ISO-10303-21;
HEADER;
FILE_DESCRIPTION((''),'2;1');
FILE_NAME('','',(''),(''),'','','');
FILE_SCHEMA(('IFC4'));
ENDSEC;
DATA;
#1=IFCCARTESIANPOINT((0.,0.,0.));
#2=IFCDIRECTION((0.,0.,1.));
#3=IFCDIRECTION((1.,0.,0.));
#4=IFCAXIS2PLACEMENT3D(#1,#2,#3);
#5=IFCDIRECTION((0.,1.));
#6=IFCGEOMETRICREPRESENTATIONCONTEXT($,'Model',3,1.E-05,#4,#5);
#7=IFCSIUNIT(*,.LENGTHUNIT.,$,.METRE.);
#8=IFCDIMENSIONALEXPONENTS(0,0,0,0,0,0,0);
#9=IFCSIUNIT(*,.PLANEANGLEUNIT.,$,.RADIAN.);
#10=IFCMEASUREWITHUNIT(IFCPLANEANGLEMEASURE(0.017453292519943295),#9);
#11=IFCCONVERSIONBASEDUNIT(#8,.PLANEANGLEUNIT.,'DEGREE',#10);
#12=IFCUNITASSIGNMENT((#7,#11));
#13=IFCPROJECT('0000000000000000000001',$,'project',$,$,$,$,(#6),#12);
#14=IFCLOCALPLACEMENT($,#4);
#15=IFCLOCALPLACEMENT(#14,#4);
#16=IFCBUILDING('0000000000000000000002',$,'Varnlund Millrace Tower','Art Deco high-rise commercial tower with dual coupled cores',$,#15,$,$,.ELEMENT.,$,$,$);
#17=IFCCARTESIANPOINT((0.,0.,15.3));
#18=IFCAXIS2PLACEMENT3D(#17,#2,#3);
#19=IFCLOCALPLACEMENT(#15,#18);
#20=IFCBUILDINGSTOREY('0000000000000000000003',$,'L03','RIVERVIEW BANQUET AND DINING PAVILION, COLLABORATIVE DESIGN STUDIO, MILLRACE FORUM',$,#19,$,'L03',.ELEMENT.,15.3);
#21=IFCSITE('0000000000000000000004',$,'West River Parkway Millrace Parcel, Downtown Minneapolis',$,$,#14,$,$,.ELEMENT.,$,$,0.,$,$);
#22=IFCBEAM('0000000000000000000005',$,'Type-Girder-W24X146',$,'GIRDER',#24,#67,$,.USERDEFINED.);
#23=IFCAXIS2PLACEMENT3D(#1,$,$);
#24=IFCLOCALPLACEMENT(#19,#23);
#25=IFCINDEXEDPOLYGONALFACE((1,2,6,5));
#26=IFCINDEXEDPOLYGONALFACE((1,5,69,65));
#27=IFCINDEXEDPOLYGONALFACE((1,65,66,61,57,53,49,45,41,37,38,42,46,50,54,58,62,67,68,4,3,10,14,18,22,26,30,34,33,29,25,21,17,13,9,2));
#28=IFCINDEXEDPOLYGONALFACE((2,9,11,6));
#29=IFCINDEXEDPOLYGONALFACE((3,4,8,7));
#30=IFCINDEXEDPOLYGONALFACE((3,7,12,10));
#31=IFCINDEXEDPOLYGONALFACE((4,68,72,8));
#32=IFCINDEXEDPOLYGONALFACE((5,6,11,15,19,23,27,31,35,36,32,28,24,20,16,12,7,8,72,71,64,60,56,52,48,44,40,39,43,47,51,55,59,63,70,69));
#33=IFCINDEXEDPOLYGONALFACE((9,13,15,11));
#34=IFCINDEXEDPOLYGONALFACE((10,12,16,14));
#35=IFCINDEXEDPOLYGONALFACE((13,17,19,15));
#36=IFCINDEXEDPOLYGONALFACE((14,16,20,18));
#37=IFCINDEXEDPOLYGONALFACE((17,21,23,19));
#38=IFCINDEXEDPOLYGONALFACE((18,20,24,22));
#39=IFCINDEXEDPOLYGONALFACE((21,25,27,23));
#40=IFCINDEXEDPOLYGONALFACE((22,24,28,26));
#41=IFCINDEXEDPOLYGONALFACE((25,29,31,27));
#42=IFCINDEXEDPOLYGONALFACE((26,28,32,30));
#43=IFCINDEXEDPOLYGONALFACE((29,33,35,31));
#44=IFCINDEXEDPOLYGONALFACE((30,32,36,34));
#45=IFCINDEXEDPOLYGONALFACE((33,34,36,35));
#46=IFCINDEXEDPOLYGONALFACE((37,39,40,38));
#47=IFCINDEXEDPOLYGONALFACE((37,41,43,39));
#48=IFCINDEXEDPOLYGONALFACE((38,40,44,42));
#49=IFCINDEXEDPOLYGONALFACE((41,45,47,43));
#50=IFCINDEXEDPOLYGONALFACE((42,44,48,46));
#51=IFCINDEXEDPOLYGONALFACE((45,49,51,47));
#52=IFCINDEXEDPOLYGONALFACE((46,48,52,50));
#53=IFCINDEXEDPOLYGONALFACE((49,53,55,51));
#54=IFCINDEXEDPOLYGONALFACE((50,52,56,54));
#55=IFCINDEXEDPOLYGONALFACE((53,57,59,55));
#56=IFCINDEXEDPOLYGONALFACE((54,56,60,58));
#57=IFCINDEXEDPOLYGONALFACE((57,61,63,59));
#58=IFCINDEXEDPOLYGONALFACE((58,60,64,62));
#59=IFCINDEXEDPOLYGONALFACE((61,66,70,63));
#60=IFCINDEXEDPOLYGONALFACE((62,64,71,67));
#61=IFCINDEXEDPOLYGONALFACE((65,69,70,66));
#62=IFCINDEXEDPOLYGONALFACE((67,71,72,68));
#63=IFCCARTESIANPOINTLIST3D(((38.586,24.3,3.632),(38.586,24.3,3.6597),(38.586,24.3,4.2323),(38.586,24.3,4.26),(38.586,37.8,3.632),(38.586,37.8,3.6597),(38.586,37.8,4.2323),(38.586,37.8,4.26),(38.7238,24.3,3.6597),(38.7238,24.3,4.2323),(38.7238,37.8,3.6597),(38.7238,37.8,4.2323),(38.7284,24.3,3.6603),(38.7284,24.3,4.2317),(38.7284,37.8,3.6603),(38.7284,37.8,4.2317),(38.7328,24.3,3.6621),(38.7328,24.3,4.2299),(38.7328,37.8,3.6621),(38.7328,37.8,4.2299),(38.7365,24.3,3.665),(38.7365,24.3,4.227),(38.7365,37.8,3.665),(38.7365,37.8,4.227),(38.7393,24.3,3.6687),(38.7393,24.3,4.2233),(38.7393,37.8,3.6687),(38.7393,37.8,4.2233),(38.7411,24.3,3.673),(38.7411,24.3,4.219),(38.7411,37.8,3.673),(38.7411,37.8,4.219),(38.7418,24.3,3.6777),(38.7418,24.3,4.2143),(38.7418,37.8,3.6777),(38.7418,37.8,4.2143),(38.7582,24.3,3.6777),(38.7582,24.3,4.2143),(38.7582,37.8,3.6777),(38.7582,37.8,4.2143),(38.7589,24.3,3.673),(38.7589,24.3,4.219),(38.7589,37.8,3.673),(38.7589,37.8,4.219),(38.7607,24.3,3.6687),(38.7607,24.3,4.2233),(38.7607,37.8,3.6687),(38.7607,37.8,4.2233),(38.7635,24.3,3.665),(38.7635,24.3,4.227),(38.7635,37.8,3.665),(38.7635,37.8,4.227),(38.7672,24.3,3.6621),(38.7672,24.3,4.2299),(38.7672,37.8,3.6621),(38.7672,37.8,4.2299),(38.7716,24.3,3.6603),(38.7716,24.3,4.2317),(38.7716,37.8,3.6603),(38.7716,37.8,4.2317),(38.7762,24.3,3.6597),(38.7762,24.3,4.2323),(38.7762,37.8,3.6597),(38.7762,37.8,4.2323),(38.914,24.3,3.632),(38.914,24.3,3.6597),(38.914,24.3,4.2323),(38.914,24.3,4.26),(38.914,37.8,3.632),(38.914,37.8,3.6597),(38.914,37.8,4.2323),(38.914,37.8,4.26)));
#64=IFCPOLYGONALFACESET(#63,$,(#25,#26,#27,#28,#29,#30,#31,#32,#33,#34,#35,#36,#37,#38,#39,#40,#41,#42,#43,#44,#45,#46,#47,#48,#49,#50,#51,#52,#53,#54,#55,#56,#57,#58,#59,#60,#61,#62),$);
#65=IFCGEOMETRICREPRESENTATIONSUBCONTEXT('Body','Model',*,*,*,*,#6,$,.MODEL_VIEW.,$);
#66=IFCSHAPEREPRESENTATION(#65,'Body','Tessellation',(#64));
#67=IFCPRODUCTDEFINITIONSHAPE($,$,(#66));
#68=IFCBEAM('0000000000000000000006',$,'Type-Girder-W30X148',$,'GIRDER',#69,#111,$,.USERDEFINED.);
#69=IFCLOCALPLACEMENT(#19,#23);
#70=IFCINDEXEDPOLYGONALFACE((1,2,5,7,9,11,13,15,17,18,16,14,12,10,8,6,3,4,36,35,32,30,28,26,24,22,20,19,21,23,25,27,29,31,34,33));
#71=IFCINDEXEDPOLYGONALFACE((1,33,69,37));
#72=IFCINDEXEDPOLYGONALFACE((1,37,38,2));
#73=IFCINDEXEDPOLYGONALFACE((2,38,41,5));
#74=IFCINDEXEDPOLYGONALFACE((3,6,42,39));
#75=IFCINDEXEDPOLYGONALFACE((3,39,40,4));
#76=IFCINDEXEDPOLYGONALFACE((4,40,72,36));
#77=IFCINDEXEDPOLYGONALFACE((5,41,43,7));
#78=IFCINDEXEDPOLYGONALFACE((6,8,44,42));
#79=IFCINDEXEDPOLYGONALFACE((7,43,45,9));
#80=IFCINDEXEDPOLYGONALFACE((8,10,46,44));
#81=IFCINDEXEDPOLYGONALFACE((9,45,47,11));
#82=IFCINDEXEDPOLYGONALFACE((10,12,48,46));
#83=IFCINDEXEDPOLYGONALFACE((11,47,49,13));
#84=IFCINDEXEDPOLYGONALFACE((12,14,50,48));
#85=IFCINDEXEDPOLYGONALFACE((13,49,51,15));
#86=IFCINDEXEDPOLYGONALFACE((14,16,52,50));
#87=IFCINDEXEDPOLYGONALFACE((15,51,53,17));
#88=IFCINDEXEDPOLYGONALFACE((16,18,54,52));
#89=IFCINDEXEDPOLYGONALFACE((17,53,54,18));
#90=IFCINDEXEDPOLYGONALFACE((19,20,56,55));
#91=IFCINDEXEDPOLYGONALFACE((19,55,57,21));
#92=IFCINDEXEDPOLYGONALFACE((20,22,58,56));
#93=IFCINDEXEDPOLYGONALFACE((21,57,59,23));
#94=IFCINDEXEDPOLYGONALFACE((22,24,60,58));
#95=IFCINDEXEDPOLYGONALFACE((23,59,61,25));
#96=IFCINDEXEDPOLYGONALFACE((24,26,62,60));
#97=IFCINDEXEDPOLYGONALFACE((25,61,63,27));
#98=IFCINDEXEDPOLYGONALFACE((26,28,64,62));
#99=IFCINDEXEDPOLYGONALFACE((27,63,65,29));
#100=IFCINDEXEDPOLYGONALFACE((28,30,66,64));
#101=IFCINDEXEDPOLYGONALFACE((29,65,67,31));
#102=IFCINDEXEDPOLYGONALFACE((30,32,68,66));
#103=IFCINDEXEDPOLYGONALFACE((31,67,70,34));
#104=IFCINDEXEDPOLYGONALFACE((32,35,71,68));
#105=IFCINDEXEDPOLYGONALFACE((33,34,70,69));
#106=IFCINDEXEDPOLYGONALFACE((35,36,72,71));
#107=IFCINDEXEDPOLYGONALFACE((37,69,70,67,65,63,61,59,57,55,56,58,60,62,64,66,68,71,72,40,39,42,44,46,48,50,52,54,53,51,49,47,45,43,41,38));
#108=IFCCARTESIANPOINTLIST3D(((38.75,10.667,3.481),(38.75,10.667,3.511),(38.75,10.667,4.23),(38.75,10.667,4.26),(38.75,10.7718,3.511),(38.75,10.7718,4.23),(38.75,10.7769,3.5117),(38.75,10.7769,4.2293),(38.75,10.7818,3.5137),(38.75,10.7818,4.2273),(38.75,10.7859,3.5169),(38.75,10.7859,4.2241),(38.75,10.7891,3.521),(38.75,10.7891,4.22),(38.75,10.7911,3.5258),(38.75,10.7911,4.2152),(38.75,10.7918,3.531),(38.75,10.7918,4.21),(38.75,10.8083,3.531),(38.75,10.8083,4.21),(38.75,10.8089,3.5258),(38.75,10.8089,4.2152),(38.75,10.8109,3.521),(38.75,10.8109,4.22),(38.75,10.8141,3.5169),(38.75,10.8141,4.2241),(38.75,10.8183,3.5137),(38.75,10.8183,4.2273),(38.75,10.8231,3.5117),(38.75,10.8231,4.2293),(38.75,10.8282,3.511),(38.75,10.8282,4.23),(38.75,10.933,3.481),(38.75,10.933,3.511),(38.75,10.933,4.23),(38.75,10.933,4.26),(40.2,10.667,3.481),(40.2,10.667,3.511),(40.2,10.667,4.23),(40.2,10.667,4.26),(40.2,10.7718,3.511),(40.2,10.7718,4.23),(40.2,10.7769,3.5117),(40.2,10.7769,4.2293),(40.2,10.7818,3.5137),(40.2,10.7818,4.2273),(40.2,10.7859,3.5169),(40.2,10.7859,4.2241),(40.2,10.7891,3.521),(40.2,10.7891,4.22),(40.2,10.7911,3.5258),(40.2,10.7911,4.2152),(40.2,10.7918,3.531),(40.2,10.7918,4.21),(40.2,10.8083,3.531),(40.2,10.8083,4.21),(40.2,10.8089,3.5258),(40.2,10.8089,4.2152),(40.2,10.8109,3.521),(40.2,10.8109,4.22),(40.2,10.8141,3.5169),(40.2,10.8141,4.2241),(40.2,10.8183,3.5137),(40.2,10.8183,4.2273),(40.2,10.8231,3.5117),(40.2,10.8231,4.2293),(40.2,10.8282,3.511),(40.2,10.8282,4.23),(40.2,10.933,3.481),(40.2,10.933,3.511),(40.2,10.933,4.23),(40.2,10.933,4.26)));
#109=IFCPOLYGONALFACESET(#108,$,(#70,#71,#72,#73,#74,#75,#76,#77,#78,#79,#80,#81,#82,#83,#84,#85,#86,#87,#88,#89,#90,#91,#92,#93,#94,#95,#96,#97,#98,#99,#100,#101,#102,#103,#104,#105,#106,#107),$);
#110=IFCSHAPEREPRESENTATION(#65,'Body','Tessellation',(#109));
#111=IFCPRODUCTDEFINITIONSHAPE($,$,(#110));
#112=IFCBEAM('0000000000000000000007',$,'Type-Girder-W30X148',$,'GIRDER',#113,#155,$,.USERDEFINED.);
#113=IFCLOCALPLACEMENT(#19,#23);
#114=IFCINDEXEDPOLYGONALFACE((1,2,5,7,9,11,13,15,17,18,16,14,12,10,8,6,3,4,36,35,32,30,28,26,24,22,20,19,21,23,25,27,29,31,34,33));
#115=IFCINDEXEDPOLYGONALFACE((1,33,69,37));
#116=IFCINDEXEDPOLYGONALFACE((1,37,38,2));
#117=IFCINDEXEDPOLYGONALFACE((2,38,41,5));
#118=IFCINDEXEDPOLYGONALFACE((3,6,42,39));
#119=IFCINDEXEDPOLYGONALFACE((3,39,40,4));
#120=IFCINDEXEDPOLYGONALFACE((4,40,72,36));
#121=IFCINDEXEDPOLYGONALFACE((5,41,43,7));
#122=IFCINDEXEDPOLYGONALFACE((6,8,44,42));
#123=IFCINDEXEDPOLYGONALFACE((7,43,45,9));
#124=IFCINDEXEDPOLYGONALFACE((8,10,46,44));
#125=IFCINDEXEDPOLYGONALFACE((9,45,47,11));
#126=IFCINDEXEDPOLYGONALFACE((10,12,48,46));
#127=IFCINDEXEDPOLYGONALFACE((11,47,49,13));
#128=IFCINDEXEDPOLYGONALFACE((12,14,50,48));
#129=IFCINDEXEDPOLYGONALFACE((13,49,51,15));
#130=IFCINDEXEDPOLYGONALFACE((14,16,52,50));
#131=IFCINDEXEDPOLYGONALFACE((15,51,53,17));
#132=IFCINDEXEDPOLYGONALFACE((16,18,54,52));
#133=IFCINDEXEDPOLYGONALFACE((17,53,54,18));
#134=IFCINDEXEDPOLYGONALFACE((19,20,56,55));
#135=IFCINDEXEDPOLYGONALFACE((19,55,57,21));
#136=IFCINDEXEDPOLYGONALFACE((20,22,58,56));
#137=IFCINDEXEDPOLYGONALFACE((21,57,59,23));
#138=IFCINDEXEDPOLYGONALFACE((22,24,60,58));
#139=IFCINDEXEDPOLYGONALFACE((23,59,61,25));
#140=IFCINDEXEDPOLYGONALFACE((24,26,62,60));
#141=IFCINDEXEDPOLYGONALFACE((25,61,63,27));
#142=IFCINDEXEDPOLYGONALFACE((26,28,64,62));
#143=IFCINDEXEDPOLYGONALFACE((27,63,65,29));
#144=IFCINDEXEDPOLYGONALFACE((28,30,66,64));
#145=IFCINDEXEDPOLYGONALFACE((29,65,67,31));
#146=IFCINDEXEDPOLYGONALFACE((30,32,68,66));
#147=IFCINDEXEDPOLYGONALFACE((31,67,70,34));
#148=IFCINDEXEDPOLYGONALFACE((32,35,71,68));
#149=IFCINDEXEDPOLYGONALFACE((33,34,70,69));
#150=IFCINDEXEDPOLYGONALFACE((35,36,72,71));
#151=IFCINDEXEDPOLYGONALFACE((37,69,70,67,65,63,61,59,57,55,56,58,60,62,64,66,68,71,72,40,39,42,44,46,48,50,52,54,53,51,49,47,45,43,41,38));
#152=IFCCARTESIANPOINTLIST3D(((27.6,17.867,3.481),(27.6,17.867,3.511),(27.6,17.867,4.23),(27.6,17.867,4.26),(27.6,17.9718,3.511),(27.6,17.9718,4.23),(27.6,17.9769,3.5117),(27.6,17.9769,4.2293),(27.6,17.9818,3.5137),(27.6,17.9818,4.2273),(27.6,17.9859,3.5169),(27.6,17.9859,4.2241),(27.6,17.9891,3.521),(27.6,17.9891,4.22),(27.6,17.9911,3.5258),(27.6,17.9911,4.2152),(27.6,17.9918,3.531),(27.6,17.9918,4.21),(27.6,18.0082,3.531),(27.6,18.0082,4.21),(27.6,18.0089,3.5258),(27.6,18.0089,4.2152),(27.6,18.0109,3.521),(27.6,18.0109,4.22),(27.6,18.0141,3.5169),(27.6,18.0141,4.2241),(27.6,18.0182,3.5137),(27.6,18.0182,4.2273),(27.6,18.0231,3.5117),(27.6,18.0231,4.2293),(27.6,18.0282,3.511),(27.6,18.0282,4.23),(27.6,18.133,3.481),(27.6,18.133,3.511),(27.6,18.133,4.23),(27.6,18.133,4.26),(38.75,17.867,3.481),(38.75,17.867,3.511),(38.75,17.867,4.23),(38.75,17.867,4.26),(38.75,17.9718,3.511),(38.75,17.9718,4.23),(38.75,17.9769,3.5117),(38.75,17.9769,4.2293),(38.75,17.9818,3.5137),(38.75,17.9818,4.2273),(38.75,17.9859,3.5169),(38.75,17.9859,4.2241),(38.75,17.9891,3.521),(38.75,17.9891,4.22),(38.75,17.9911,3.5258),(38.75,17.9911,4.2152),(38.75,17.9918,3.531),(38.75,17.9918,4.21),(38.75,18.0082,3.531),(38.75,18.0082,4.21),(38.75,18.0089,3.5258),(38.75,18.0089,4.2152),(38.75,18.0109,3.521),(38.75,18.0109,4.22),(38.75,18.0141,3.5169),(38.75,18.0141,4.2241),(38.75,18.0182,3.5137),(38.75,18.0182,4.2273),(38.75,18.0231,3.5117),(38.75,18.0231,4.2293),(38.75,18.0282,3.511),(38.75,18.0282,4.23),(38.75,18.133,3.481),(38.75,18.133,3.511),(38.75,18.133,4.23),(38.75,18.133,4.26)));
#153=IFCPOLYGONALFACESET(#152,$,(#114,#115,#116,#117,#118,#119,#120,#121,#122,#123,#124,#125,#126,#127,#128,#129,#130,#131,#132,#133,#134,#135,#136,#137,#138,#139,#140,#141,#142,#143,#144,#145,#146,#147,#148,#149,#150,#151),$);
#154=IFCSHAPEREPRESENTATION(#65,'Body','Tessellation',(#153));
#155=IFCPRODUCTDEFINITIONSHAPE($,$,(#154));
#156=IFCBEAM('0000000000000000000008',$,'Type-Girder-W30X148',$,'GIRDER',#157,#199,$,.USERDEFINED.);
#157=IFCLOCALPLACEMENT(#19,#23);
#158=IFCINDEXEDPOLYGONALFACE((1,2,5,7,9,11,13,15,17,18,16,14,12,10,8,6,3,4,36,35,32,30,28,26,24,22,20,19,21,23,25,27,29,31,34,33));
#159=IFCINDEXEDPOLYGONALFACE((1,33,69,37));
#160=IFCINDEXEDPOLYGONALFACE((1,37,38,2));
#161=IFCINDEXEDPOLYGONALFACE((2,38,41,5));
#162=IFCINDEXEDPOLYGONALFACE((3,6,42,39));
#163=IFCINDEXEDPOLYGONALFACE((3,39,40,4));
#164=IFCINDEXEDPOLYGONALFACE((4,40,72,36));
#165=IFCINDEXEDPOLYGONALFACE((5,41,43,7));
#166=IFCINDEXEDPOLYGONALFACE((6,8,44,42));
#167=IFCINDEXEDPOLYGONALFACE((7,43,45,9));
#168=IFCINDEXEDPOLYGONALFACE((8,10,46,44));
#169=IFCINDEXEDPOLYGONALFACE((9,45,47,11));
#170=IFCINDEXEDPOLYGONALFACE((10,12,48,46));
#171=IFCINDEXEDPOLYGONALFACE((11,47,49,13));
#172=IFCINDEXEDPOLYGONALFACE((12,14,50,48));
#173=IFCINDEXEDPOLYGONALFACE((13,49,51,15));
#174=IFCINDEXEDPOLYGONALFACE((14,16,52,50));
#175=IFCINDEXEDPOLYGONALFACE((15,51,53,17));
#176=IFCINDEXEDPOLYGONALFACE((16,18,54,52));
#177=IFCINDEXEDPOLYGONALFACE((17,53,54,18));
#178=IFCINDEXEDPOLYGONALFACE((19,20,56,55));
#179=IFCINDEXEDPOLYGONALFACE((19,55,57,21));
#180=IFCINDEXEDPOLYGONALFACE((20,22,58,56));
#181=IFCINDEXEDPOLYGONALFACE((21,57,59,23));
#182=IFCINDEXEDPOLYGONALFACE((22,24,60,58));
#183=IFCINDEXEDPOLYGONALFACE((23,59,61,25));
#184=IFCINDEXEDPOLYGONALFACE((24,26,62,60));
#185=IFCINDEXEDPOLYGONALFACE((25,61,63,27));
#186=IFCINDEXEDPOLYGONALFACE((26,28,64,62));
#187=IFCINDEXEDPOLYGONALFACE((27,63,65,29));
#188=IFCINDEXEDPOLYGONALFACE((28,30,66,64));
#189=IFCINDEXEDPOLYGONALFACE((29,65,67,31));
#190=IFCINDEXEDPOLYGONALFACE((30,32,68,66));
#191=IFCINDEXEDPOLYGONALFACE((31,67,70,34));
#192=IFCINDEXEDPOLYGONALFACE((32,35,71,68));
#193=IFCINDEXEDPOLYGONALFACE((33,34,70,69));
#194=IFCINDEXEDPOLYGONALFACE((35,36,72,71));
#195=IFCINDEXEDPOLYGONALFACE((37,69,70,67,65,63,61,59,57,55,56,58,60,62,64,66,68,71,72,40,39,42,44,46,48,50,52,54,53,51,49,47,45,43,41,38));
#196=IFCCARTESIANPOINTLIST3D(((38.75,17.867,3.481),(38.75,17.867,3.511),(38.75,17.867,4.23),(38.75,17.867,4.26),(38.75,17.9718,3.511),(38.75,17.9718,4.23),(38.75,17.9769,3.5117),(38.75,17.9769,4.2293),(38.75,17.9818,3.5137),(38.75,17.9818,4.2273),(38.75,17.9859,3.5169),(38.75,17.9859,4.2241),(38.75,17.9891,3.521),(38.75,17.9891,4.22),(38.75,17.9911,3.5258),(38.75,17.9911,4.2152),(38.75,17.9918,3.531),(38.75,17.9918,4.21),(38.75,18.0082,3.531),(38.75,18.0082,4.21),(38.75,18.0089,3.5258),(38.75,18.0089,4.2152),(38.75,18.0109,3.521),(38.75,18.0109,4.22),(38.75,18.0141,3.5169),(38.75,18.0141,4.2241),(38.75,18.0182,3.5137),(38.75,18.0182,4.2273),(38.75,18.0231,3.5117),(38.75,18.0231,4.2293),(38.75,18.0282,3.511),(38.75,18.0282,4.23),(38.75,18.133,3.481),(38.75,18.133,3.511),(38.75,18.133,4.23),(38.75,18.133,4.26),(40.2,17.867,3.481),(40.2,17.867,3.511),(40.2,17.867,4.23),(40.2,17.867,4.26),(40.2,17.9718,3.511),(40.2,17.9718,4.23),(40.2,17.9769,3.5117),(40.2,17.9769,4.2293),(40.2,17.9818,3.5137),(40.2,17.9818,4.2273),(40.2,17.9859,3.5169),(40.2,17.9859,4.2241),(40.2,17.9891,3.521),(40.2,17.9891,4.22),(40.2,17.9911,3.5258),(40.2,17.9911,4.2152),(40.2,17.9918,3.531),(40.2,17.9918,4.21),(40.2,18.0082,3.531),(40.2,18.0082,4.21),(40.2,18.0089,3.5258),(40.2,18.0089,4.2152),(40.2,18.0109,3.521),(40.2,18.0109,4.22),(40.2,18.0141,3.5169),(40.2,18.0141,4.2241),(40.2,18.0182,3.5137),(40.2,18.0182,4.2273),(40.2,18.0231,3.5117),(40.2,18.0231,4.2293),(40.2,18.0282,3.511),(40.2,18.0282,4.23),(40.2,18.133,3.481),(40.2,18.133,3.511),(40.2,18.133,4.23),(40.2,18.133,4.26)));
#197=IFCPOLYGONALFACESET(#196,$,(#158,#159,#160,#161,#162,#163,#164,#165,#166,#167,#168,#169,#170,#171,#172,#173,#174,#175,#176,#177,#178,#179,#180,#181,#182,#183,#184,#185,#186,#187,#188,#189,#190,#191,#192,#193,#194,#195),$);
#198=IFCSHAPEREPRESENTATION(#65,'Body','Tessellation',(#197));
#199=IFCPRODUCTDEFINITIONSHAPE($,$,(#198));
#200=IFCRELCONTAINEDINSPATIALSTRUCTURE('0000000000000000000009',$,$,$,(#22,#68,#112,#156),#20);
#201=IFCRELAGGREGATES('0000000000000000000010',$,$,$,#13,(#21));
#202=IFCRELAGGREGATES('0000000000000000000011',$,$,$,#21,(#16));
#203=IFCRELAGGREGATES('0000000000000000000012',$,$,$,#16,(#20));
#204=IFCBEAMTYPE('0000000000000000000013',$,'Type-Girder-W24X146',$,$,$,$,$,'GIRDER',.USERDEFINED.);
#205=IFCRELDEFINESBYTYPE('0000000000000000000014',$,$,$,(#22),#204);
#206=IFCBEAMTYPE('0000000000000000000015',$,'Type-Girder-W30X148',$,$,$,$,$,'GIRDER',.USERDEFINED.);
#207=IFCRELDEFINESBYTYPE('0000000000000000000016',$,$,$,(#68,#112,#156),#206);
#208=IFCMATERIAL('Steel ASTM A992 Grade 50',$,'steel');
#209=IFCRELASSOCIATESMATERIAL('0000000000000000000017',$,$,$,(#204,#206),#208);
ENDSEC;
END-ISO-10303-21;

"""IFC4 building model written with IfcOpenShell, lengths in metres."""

from ifc_helpers import new_model, entity, si_unit, converted_unit, direction, frame, origin_with_axes, origin_2d_with_axis, place, context, subcontext, project, spatial, i_section, extrude, material, material_profile, profile_set, type_object, element, save


model = new_model("IFC4")

# Units and contexts
model_context = context("Model", 3, precision=1e-05, world=origin_with_axes(), true_north=direction((0.0, 1.0)))
body_context = subcontext(model_context, "Body", "Model", "MODEL_VIEW")
ifc_project = project(units=[si_unit("LENGTHUNIT", "METRE"), converted_unit("PLANEANGLEUNIT", "DEGREE", entity("IfcPlaneAngleMeasure", 0.017453292519943295), si_unit("PLANEANGLEUNIT", "RADIAN"), dimensions=[0, 0, 0, 0, 0, 0, 0])], contexts=[model_context])

# Site, building, storey
site_placement = place(None, origin_with_axes())
site = spatial("IfcSite", under=ifc_project, at=site_placement, Name="West River Parkway Millrace Parcel, Downtown Minneapolis", CompositionType="ELEMENT", RefElevation=0.0)
building_placement = place(site_placement, origin_with_axes())
building = spatial("IfcBuilding", under=site, at=building_placement, Name="Varnlund Millrace Tower", Description="Art Deco high-rise commercial tower with dual coupled cores", CompositionType="ELEMENT")
storey_placement = place(building_placement, frame((0.0, 0.0, 15.3), z_axis=(0.0, 0.0, 1.0), x_axis=(1.0, 0.0, 0.0)))
storey = spatial("IfcBuildingStorey", under=building, at=storey_placement, Name="L03", Description="RIVERVIEW BANQUET AND DINING PAVILION, COLLABORATIVE DESIGN STUDIO, MILLRACE FORUM", LongName="L03", CompositionType="ELEMENT", Elevation=15.3)

# Beams
ifc_material_1 = material(Name="Steel ASTM A992 Grade 50", Category="steel")
ifc_material_profile_1 = material_profile(ifc_material_1, i_section(OverallWidth=0.328, OverallDepth=0.628, WebThickness=0.0165, FlangeThickness=0.0277, FilletRadius=0.018, at=origin_2d_with_axis()), Name="Steel ASTM A992 Grade 50")
ifc_profile_set_1 = profile_set([ifc_material_profile_1], Name="Steel ASTM A992 Grade 50")
beam_type_1 = type_object("IfcBeamType", Name="Type-Girder-W24X146", ElementType="GIRDER", PredefinedType="USERDEFINED", material=ifc_profile_set_1)
beam_1_placement = place(storey_placement, frame((38.75, 24.3, 3.946), z_axis=(0.0, 1.0, 0.0), x_axis=(-1.0, 0.0, 0.0)))
element("IfcBeam", 1, at=beam_1_placement, inside=storey, type_object=beam_type_1, Name="Type-Girder-W24X146", ObjectType="GIRDER", PredefinedType="USERDEFINED", context=body_context, shape_type="SweptSolid", body=[
    extrude(i_section(OverallWidth=0.328, OverallDepth=0.628, WebThickness=0.0165, FlangeThickness=0.0277, FilletRadius=0.018, at=origin_2d_with_axis()), origin_with_axes(), (0.0, 0.0, 1.0), 13.5),
])
ifc_material_profile_2 = material_profile(ifc_material_1, i_section(OverallWidth=0.266, OverallDepth=0.779, WebThickness=0.0165, FlangeThickness=0.03, FilletRadius=0.02, at=origin_2d_with_axis()), Name="Steel ASTM A992 Grade 50")
ifc_profile_set_2 = profile_set([ifc_material_profile_2], Name="Steel ASTM A992 Grade 50")
beam_type_2 = type_object("IfcBeamType", Name="Type-Girder-W30X148", ElementType="GIRDER", PredefinedType="USERDEFINED", material=ifc_profile_set_2)
beam_2_placement = place(storey_placement, frame((38.75, 10.8, 3.8705), z_axis=(1.0, 0.0, 0.0), x_axis=(0.0, 1.0, 0.0)))
element("IfcBeam", 2, at=beam_2_placement, inside=storey, type_object=beam_type_2, Name="Type-Girder-W30X148", ObjectType="GIRDER", PredefinedType="USERDEFINED", context=body_context, shape_type="SweptSolid", body=[
    extrude(i_section(OverallWidth=0.266, OverallDepth=0.779, WebThickness=0.0165, FlangeThickness=0.03, FilletRadius=0.02, at=origin_2d_with_axis()), origin_with_axes(), (0.0, 0.0, 1.0), 1.45),
])
beam_3_placement = place(storey_placement, frame((27.6, 18.0, 3.8705), z_axis=(1.0, 0.0, 0.0), x_axis=(0.0, 1.0, 0.0)))
element("IfcBeam", 3, at=beam_3_placement, inside=storey, type_object=beam_type_2, Name="Type-Girder-W30X148", ObjectType="GIRDER", PredefinedType="USERDEFINED", context=body_context, shape_type="SweptSolid", body=[
    extrude(i_section(OverallWidth=0.266, OverallDepth=0.779, WebThickness=0.0165, FlangeThickness=0.03, FilletRadius=0.02, at=origin_2d_with_axis()), origin_with_axes(), (0.0, 0.0, 1.0), 11.15),
])
beam_4_placement = place(storey_placement, frame((38.75, 18.0, 3.8705), z_axis=(1.0, 0.0, 0.0), x_axis=(0.0, 1.0, 0.0)))
element("IfcBeam", 4, at=beam_4_placement, inside=storey, type_object=beam_type_2, Name="Type-Girder-W30X148", ObjectType="GIRDER", PredefinedType="USERDEFINED", context=body_context, shape_type="SweptSolid", body=[
    extrude(i_section(OverallWidth=0.266, OverallDepth=0.779, WebThickness=0.0165, FlangeThickness=0.03, FilletRadius=0.02, at=origin_2d_with_axis()), origin_with_axes(), (0.0, 0.0, 1.0), 1.45),
])

save(model, "model.ifc")
